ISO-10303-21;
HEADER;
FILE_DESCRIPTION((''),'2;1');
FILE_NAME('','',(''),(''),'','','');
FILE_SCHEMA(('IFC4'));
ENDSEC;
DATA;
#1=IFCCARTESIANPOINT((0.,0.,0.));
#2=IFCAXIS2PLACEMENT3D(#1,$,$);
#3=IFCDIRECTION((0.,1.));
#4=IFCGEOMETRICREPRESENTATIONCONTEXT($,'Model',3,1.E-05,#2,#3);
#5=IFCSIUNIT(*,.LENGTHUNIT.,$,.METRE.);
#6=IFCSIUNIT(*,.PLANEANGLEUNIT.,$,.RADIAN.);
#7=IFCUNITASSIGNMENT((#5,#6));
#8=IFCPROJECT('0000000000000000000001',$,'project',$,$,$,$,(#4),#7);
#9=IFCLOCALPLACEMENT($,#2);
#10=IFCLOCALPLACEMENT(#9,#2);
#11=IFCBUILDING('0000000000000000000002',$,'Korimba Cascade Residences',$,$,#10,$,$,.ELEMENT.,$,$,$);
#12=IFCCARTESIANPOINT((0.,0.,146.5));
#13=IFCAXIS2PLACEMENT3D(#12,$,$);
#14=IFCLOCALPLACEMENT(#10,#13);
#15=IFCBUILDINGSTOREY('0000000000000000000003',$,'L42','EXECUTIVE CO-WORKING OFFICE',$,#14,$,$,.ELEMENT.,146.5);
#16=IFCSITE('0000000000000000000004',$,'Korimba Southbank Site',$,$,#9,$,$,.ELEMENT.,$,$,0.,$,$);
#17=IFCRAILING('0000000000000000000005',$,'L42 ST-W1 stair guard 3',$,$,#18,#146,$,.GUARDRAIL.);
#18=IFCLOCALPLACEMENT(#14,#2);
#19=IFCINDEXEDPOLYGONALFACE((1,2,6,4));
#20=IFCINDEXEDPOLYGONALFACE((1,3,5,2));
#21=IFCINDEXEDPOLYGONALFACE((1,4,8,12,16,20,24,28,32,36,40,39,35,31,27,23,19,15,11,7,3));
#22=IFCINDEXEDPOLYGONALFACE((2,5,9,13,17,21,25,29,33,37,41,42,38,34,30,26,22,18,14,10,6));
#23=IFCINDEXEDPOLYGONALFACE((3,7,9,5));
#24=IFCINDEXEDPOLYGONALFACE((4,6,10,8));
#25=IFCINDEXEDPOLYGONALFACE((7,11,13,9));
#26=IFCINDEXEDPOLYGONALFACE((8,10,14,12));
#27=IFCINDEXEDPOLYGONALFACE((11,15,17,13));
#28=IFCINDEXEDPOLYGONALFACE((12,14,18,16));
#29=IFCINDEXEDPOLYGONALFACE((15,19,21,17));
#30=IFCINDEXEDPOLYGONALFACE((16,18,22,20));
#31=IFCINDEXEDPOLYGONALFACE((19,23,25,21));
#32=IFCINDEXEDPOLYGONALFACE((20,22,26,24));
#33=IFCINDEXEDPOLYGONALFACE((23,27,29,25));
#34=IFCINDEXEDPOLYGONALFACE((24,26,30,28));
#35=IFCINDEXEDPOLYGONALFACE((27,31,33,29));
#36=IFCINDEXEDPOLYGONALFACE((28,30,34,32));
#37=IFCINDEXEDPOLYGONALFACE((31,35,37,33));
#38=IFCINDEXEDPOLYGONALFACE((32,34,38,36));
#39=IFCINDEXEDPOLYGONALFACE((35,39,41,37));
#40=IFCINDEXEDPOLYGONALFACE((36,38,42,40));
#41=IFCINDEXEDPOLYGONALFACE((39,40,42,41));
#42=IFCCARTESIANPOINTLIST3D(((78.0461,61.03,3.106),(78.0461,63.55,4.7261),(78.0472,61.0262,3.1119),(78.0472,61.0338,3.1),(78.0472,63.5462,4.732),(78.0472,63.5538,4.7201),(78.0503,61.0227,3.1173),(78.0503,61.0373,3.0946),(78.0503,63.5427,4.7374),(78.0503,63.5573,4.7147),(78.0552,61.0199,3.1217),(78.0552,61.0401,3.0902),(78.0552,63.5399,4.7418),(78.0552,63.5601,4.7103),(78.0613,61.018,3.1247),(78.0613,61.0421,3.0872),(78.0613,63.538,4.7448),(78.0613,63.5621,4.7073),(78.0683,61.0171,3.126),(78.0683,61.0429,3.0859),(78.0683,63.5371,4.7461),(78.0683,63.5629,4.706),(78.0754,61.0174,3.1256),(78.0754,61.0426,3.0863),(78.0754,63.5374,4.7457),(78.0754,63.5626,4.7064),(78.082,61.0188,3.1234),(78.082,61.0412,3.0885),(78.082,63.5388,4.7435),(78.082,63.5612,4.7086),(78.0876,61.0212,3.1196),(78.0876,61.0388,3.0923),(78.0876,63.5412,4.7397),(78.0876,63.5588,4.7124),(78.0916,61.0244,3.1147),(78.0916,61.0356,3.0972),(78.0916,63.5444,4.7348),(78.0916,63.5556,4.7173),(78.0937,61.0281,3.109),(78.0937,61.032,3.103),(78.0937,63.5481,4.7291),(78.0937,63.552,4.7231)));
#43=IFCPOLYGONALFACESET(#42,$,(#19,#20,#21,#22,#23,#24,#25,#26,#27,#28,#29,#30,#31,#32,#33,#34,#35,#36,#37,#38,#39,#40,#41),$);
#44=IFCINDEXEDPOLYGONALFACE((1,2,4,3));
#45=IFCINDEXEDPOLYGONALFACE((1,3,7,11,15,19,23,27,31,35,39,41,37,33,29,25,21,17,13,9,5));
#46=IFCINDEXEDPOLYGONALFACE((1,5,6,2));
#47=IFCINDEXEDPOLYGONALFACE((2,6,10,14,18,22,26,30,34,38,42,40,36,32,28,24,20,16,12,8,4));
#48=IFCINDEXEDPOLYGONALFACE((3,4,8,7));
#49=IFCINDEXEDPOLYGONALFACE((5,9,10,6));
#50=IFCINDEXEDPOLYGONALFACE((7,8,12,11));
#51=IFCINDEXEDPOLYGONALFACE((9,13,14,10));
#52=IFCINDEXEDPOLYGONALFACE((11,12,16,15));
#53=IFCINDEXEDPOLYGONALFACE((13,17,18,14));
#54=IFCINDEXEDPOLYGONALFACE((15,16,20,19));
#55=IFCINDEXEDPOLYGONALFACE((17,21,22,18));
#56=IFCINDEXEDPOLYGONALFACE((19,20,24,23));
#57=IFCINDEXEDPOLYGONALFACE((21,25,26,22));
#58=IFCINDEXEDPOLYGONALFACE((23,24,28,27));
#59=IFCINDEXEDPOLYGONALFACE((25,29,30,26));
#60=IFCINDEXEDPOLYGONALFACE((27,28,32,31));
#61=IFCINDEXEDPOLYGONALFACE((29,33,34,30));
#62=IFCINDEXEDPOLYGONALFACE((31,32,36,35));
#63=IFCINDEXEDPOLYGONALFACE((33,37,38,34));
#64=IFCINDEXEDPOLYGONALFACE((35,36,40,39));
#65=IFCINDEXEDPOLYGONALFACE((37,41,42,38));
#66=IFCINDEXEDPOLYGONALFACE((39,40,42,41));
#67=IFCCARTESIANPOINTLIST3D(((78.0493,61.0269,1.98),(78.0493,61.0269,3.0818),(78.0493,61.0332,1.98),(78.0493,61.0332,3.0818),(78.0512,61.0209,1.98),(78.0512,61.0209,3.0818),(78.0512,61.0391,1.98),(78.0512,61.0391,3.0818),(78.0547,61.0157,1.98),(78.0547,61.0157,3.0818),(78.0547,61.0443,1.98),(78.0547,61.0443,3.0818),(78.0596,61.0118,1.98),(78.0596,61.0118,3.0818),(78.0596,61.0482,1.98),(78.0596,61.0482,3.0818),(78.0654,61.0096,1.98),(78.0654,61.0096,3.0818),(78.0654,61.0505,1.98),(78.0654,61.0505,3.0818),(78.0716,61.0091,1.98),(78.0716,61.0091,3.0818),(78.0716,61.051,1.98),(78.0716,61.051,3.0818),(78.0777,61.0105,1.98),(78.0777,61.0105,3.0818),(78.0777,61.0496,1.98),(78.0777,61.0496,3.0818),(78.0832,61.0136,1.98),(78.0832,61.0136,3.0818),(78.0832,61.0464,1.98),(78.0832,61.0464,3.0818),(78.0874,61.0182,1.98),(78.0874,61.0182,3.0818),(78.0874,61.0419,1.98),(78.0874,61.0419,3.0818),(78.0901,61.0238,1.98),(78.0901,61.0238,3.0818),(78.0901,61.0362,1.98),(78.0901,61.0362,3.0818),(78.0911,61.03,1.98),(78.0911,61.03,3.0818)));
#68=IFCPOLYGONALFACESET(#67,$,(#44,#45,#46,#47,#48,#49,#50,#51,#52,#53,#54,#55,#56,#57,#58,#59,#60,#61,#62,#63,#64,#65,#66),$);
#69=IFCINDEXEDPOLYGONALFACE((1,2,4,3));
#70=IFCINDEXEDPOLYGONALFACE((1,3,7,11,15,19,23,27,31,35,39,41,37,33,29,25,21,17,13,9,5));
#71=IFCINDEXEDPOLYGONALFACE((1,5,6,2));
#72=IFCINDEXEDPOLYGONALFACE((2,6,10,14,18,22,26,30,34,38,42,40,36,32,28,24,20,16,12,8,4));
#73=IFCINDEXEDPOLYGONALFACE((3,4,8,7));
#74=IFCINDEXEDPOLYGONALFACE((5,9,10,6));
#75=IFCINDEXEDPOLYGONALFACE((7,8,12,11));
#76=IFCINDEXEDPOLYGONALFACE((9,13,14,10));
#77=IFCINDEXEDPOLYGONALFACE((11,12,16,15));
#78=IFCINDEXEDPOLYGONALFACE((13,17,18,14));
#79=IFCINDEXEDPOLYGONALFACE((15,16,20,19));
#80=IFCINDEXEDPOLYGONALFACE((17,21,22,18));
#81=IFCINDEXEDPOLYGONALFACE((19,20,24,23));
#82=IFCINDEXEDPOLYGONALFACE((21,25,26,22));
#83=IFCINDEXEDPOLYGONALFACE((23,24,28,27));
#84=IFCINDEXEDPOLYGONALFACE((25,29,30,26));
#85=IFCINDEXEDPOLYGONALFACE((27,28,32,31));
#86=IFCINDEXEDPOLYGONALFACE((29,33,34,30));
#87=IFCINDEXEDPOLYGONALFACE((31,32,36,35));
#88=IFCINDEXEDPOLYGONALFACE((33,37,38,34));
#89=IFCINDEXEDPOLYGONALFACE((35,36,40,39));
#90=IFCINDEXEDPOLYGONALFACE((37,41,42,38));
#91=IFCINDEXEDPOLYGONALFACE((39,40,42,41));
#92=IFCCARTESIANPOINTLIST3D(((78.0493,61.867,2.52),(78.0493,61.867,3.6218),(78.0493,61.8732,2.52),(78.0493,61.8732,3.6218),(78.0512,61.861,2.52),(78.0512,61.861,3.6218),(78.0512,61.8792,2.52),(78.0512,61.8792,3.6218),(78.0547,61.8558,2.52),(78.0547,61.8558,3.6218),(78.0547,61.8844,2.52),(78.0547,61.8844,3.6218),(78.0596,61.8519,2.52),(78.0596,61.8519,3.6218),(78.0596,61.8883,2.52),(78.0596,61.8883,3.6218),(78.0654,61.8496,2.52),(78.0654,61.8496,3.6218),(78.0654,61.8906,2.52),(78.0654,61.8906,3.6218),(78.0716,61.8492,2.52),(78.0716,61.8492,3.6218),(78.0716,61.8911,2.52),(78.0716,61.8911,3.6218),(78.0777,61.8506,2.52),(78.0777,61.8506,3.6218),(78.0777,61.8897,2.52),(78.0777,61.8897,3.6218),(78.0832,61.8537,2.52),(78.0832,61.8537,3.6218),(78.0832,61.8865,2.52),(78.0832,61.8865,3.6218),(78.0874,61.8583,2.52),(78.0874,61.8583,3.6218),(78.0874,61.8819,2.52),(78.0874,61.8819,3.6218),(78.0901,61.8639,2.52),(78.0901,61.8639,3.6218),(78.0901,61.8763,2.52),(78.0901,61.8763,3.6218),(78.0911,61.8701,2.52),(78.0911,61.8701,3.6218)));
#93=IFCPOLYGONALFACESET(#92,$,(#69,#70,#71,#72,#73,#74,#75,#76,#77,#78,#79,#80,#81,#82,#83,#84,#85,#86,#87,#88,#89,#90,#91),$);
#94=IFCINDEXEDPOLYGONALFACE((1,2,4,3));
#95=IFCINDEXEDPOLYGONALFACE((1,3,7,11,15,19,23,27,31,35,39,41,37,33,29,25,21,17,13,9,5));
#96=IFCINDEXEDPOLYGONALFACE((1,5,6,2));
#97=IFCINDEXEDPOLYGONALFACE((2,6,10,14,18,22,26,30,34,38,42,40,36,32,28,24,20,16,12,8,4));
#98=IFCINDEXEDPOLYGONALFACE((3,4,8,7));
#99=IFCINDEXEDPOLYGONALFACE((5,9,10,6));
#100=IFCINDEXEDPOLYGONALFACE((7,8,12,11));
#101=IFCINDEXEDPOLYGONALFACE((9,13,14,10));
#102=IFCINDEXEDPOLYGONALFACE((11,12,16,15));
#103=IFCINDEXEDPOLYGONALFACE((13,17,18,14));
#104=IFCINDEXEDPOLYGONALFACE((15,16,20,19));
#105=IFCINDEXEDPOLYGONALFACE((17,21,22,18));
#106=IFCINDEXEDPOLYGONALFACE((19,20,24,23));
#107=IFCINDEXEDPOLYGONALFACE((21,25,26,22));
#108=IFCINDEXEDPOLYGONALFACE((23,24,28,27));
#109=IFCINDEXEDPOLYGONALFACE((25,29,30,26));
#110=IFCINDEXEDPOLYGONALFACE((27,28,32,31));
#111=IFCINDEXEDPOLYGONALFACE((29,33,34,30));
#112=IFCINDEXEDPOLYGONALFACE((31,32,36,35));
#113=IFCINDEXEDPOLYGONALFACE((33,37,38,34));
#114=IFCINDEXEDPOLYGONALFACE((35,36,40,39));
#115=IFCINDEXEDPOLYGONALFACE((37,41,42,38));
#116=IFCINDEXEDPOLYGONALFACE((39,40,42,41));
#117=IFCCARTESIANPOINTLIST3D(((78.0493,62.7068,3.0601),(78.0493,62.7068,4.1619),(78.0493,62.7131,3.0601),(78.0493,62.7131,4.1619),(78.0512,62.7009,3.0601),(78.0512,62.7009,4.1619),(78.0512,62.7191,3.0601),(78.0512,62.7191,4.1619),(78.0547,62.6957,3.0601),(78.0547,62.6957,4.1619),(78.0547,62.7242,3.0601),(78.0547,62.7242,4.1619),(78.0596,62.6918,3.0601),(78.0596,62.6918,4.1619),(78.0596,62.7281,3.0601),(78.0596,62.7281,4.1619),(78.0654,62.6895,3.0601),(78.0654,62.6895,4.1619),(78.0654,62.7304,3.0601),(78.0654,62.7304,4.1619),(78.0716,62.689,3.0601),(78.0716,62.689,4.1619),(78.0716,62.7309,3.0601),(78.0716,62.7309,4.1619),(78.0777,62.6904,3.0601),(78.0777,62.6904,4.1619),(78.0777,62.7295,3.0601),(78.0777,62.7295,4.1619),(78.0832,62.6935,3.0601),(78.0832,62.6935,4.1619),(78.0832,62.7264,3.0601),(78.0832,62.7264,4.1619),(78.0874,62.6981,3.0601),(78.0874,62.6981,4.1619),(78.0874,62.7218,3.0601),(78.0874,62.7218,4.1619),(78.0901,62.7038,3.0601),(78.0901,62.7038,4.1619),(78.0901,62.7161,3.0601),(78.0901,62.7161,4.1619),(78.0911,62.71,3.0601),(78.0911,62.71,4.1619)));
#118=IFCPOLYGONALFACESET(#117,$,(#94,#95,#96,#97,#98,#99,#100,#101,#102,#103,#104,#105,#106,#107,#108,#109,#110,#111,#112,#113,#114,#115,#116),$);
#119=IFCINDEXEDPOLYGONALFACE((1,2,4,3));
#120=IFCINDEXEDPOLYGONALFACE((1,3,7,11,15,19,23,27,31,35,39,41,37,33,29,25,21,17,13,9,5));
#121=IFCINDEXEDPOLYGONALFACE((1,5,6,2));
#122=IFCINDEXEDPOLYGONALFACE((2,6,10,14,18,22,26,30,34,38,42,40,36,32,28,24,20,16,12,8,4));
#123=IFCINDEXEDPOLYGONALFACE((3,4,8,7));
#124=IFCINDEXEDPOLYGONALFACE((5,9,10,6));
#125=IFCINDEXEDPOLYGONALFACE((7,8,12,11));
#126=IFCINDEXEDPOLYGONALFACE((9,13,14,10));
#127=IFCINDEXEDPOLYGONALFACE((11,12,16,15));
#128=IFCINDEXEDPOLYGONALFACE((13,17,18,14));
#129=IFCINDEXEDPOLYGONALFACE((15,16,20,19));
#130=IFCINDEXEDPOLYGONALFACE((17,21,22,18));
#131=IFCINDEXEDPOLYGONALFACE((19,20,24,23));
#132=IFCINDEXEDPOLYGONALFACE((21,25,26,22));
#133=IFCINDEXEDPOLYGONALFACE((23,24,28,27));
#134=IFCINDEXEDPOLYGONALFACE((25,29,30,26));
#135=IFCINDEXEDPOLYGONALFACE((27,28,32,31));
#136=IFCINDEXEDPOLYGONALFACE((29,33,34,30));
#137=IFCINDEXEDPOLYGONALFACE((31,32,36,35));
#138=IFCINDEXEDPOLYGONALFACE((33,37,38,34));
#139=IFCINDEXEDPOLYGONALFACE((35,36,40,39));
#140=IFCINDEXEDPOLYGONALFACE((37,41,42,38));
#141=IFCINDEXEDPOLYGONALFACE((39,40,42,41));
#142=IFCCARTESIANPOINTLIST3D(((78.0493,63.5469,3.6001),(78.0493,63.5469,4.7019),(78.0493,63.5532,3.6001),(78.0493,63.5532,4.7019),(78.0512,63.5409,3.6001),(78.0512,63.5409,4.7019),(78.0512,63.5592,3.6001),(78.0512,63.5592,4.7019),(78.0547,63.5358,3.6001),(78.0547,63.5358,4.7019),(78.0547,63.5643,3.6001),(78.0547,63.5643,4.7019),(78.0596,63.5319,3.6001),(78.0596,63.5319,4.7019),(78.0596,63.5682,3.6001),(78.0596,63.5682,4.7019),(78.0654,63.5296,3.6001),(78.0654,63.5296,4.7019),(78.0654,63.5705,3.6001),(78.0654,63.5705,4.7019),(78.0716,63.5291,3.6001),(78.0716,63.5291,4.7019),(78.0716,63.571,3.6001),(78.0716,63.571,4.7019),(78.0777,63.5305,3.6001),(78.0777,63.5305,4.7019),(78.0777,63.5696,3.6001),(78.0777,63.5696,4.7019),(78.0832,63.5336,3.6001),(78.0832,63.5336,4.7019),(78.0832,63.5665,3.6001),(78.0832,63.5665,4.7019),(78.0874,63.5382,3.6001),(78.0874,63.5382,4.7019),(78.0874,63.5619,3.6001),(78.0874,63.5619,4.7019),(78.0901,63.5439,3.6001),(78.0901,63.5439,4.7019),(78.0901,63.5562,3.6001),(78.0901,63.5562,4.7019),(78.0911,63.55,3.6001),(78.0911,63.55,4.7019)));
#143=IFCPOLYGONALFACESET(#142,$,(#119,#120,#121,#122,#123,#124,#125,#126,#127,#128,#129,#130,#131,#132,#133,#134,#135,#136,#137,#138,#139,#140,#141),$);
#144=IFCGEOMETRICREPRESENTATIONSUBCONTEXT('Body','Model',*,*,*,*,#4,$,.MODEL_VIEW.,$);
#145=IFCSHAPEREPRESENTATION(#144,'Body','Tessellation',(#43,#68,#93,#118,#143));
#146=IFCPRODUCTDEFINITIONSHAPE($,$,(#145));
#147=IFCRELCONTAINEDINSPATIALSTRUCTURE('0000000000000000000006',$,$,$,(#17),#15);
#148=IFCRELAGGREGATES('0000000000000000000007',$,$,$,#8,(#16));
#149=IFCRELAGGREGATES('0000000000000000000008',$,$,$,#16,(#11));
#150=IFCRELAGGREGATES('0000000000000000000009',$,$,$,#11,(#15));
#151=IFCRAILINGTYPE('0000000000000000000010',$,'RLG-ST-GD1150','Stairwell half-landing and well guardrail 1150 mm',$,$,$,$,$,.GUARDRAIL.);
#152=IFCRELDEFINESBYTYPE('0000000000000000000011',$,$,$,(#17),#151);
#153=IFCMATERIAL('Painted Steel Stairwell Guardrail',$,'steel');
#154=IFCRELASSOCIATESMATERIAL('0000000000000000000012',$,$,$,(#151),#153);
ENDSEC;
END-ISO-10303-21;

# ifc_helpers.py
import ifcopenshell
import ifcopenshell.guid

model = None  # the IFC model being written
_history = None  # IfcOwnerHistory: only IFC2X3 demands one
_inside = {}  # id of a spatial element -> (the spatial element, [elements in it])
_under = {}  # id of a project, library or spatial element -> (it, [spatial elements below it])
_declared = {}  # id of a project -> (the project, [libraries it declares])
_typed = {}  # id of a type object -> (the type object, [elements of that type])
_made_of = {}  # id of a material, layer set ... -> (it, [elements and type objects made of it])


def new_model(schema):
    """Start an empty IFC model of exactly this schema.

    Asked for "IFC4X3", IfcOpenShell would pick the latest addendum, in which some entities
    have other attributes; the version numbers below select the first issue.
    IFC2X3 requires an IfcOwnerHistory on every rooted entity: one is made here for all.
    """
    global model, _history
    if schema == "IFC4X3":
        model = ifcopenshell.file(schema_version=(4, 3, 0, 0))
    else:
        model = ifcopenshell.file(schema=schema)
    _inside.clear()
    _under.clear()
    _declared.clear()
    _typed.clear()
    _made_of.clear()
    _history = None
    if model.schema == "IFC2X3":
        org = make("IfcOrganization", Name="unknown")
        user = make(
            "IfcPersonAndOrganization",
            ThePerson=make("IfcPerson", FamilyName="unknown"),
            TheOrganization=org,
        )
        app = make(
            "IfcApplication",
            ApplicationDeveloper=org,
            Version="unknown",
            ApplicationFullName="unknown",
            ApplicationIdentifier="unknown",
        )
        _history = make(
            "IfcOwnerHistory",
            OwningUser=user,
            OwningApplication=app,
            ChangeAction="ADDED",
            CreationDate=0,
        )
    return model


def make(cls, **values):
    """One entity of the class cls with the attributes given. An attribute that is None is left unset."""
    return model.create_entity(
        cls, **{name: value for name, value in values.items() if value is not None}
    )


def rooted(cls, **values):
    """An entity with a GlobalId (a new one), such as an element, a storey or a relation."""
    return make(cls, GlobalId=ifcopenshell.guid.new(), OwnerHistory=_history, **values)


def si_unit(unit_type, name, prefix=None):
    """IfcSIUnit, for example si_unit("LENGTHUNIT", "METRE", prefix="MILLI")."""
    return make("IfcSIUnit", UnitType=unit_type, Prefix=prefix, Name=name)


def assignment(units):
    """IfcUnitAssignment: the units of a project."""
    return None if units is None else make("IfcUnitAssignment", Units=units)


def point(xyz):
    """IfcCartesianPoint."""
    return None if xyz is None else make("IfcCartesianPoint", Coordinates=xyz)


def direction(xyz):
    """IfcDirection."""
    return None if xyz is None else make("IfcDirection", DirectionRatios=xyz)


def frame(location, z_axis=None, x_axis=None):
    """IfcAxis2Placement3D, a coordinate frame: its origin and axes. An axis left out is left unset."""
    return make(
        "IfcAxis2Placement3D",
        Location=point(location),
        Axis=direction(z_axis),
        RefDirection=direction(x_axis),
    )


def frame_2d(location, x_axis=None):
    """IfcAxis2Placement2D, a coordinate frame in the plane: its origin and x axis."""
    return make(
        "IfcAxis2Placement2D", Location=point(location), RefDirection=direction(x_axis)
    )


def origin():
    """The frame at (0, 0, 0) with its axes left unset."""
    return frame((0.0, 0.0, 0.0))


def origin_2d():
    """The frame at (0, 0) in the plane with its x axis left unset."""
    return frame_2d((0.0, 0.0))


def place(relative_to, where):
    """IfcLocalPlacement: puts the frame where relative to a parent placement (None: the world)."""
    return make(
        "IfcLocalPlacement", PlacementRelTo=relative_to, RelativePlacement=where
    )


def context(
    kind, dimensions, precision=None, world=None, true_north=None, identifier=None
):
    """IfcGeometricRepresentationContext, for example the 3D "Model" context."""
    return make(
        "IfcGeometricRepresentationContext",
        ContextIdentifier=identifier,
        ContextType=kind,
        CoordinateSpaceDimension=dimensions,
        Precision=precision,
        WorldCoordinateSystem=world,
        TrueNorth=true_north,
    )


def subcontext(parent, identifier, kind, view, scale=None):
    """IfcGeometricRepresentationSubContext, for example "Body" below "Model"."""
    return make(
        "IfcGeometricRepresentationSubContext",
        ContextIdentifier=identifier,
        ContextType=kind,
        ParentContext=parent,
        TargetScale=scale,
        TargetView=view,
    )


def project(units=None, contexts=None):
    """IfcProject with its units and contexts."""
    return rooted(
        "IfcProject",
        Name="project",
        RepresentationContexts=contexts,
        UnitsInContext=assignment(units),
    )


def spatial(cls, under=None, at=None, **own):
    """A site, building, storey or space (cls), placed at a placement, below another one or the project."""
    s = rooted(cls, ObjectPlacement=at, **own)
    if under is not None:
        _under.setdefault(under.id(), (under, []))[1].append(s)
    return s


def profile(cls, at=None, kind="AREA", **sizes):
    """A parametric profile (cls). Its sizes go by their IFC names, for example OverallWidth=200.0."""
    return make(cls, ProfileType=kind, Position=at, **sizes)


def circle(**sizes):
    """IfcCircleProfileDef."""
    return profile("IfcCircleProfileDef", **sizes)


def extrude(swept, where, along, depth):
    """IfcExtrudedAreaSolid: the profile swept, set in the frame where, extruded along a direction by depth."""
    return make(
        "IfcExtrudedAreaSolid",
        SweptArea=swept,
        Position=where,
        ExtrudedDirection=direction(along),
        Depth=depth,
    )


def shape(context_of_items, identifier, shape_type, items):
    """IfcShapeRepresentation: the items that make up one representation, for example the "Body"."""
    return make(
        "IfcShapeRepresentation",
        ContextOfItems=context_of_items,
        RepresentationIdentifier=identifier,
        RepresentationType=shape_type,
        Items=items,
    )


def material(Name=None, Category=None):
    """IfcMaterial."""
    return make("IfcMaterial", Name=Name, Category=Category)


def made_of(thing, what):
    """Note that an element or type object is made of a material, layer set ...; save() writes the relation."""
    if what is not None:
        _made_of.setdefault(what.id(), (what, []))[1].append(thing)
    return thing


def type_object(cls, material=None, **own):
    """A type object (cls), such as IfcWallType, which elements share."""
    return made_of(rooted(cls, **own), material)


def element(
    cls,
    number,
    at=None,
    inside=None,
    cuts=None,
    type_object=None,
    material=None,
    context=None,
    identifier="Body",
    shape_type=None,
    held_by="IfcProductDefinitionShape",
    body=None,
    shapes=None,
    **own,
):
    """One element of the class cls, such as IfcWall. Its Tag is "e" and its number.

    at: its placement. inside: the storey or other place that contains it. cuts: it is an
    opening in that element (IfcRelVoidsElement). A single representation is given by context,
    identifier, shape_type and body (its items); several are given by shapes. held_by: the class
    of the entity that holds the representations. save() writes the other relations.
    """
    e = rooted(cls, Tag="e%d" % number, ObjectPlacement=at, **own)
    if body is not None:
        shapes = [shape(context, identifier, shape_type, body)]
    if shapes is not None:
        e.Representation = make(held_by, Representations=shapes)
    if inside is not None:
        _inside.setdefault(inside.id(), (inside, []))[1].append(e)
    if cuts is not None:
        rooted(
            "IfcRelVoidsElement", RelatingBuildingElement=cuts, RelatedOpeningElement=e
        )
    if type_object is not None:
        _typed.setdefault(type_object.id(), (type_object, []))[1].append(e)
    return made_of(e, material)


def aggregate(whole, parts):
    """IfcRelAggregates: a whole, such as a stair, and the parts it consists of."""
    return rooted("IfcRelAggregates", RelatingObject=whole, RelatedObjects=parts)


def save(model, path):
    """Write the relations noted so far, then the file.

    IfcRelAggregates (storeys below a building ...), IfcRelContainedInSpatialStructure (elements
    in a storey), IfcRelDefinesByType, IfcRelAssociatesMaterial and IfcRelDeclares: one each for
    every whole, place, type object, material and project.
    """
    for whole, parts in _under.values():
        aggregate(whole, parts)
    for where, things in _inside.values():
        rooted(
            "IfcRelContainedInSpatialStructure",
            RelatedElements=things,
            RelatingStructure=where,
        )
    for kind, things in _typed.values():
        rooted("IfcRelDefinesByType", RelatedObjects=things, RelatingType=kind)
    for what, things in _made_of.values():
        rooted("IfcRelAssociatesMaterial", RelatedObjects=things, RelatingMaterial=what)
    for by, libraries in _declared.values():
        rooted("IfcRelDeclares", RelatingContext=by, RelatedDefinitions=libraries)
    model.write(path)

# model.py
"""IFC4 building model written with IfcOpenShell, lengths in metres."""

from ifc_helpers import new_model, si_unit, direction, frame, origin, origin_2d, place, context, subcontext, project, spatial, circle, extrude, material, type_object, element, save


model = new_model("IFC4")

# Units and contexts
model_context = context("Model", 3, precision=1e-05, world=origin(), true_north=direction((0.0, 1.0)))
body_context = subcontext(model_context, "Body", "Model", "MODEL_VIEW")
ifc_project = project(units=[si_unit("LENGTHUNIT", "METRE"), si_unit("PLANEANGLEUNIT", "RADIAN")], contexts=[model_context])

# Site, building, storey
site_placement = place(None, origin())
site = spatial("IfcSite", under=ifc_project, at=site_placement, Name="Korimba Southbank Site", CompositionType="ELEMENT", RefElevation=0.0)
building_placement = place(site_placement, origin())
building = spatial("IfcBuilding", under=site, at=building_placement, Name="Korimba Cascade Residences", CompositionType="ELEMENT")
storey_placement = place(building_placement, frame((0.0, 0.0, 146.5)))
storey = spatial("IfcBuildingStorey", under=building, at=storey_placement, Name="L42", Description="EXECUTIVE CO-WORKING OFFICE", CompositionType="ELEMENT", Elevation=146.5)

# Railing
ifc_material_1 = material(Name="Painted Steel Stairwell Guardrail", Category="steel")
railing_type_1 = type_object("IfcRailingType", Name="RLG-ST-GD1150", Description="Stairwell half-landing and well guardrail 1150 mm", PredefinedType="GUARDRAIL", material=ifc_material_1)
railing_1_placement = place(storey_placement, frame((78.0701, 61.03, 1.98)))
element("IfcRailing", 1, at=railing_1_placement, inside=storey, type_object=railing_type_1, Name="L42 ST-W1 stair guard 3", PredefinedType="GUARDRAIL", context=body_context, shape_type="SweptSolid", body=[
    extrude(circle(Radius=0.0239, at=origin_2d()), frame((0.0, 0.0, 1.126), z_axis=(0.0, 0.841163, 0.540782), x_axis=(-1.0, 0.0, 0.0)), (0.0, 0.0, 1.0), 2.9958),
    extrude(circle(Radius=0.021, at=origin_2d()), origin(), (0.0, 0.0, 1.0), 1.1018),
    extrude(circle(Radius=0.021, at=origin_2d()), frame((0.0, 0.8401, 0.54)), (0.0, 0.0, 1.0), 1.1018),
    extrude(circle(Radius=0.021, at=origin_2d()), frame((0.0, 1.6799, 1.0801)), (0.0, 0.0, 1.0), 1.1018),
    extrude(circle(Radius=0.021, at=origin_2d()), frame((0.0, 2.52, 1.6201)), (0.0, 0.0, 1.0), 1.1018),
])

save(model, "model.ifc")
